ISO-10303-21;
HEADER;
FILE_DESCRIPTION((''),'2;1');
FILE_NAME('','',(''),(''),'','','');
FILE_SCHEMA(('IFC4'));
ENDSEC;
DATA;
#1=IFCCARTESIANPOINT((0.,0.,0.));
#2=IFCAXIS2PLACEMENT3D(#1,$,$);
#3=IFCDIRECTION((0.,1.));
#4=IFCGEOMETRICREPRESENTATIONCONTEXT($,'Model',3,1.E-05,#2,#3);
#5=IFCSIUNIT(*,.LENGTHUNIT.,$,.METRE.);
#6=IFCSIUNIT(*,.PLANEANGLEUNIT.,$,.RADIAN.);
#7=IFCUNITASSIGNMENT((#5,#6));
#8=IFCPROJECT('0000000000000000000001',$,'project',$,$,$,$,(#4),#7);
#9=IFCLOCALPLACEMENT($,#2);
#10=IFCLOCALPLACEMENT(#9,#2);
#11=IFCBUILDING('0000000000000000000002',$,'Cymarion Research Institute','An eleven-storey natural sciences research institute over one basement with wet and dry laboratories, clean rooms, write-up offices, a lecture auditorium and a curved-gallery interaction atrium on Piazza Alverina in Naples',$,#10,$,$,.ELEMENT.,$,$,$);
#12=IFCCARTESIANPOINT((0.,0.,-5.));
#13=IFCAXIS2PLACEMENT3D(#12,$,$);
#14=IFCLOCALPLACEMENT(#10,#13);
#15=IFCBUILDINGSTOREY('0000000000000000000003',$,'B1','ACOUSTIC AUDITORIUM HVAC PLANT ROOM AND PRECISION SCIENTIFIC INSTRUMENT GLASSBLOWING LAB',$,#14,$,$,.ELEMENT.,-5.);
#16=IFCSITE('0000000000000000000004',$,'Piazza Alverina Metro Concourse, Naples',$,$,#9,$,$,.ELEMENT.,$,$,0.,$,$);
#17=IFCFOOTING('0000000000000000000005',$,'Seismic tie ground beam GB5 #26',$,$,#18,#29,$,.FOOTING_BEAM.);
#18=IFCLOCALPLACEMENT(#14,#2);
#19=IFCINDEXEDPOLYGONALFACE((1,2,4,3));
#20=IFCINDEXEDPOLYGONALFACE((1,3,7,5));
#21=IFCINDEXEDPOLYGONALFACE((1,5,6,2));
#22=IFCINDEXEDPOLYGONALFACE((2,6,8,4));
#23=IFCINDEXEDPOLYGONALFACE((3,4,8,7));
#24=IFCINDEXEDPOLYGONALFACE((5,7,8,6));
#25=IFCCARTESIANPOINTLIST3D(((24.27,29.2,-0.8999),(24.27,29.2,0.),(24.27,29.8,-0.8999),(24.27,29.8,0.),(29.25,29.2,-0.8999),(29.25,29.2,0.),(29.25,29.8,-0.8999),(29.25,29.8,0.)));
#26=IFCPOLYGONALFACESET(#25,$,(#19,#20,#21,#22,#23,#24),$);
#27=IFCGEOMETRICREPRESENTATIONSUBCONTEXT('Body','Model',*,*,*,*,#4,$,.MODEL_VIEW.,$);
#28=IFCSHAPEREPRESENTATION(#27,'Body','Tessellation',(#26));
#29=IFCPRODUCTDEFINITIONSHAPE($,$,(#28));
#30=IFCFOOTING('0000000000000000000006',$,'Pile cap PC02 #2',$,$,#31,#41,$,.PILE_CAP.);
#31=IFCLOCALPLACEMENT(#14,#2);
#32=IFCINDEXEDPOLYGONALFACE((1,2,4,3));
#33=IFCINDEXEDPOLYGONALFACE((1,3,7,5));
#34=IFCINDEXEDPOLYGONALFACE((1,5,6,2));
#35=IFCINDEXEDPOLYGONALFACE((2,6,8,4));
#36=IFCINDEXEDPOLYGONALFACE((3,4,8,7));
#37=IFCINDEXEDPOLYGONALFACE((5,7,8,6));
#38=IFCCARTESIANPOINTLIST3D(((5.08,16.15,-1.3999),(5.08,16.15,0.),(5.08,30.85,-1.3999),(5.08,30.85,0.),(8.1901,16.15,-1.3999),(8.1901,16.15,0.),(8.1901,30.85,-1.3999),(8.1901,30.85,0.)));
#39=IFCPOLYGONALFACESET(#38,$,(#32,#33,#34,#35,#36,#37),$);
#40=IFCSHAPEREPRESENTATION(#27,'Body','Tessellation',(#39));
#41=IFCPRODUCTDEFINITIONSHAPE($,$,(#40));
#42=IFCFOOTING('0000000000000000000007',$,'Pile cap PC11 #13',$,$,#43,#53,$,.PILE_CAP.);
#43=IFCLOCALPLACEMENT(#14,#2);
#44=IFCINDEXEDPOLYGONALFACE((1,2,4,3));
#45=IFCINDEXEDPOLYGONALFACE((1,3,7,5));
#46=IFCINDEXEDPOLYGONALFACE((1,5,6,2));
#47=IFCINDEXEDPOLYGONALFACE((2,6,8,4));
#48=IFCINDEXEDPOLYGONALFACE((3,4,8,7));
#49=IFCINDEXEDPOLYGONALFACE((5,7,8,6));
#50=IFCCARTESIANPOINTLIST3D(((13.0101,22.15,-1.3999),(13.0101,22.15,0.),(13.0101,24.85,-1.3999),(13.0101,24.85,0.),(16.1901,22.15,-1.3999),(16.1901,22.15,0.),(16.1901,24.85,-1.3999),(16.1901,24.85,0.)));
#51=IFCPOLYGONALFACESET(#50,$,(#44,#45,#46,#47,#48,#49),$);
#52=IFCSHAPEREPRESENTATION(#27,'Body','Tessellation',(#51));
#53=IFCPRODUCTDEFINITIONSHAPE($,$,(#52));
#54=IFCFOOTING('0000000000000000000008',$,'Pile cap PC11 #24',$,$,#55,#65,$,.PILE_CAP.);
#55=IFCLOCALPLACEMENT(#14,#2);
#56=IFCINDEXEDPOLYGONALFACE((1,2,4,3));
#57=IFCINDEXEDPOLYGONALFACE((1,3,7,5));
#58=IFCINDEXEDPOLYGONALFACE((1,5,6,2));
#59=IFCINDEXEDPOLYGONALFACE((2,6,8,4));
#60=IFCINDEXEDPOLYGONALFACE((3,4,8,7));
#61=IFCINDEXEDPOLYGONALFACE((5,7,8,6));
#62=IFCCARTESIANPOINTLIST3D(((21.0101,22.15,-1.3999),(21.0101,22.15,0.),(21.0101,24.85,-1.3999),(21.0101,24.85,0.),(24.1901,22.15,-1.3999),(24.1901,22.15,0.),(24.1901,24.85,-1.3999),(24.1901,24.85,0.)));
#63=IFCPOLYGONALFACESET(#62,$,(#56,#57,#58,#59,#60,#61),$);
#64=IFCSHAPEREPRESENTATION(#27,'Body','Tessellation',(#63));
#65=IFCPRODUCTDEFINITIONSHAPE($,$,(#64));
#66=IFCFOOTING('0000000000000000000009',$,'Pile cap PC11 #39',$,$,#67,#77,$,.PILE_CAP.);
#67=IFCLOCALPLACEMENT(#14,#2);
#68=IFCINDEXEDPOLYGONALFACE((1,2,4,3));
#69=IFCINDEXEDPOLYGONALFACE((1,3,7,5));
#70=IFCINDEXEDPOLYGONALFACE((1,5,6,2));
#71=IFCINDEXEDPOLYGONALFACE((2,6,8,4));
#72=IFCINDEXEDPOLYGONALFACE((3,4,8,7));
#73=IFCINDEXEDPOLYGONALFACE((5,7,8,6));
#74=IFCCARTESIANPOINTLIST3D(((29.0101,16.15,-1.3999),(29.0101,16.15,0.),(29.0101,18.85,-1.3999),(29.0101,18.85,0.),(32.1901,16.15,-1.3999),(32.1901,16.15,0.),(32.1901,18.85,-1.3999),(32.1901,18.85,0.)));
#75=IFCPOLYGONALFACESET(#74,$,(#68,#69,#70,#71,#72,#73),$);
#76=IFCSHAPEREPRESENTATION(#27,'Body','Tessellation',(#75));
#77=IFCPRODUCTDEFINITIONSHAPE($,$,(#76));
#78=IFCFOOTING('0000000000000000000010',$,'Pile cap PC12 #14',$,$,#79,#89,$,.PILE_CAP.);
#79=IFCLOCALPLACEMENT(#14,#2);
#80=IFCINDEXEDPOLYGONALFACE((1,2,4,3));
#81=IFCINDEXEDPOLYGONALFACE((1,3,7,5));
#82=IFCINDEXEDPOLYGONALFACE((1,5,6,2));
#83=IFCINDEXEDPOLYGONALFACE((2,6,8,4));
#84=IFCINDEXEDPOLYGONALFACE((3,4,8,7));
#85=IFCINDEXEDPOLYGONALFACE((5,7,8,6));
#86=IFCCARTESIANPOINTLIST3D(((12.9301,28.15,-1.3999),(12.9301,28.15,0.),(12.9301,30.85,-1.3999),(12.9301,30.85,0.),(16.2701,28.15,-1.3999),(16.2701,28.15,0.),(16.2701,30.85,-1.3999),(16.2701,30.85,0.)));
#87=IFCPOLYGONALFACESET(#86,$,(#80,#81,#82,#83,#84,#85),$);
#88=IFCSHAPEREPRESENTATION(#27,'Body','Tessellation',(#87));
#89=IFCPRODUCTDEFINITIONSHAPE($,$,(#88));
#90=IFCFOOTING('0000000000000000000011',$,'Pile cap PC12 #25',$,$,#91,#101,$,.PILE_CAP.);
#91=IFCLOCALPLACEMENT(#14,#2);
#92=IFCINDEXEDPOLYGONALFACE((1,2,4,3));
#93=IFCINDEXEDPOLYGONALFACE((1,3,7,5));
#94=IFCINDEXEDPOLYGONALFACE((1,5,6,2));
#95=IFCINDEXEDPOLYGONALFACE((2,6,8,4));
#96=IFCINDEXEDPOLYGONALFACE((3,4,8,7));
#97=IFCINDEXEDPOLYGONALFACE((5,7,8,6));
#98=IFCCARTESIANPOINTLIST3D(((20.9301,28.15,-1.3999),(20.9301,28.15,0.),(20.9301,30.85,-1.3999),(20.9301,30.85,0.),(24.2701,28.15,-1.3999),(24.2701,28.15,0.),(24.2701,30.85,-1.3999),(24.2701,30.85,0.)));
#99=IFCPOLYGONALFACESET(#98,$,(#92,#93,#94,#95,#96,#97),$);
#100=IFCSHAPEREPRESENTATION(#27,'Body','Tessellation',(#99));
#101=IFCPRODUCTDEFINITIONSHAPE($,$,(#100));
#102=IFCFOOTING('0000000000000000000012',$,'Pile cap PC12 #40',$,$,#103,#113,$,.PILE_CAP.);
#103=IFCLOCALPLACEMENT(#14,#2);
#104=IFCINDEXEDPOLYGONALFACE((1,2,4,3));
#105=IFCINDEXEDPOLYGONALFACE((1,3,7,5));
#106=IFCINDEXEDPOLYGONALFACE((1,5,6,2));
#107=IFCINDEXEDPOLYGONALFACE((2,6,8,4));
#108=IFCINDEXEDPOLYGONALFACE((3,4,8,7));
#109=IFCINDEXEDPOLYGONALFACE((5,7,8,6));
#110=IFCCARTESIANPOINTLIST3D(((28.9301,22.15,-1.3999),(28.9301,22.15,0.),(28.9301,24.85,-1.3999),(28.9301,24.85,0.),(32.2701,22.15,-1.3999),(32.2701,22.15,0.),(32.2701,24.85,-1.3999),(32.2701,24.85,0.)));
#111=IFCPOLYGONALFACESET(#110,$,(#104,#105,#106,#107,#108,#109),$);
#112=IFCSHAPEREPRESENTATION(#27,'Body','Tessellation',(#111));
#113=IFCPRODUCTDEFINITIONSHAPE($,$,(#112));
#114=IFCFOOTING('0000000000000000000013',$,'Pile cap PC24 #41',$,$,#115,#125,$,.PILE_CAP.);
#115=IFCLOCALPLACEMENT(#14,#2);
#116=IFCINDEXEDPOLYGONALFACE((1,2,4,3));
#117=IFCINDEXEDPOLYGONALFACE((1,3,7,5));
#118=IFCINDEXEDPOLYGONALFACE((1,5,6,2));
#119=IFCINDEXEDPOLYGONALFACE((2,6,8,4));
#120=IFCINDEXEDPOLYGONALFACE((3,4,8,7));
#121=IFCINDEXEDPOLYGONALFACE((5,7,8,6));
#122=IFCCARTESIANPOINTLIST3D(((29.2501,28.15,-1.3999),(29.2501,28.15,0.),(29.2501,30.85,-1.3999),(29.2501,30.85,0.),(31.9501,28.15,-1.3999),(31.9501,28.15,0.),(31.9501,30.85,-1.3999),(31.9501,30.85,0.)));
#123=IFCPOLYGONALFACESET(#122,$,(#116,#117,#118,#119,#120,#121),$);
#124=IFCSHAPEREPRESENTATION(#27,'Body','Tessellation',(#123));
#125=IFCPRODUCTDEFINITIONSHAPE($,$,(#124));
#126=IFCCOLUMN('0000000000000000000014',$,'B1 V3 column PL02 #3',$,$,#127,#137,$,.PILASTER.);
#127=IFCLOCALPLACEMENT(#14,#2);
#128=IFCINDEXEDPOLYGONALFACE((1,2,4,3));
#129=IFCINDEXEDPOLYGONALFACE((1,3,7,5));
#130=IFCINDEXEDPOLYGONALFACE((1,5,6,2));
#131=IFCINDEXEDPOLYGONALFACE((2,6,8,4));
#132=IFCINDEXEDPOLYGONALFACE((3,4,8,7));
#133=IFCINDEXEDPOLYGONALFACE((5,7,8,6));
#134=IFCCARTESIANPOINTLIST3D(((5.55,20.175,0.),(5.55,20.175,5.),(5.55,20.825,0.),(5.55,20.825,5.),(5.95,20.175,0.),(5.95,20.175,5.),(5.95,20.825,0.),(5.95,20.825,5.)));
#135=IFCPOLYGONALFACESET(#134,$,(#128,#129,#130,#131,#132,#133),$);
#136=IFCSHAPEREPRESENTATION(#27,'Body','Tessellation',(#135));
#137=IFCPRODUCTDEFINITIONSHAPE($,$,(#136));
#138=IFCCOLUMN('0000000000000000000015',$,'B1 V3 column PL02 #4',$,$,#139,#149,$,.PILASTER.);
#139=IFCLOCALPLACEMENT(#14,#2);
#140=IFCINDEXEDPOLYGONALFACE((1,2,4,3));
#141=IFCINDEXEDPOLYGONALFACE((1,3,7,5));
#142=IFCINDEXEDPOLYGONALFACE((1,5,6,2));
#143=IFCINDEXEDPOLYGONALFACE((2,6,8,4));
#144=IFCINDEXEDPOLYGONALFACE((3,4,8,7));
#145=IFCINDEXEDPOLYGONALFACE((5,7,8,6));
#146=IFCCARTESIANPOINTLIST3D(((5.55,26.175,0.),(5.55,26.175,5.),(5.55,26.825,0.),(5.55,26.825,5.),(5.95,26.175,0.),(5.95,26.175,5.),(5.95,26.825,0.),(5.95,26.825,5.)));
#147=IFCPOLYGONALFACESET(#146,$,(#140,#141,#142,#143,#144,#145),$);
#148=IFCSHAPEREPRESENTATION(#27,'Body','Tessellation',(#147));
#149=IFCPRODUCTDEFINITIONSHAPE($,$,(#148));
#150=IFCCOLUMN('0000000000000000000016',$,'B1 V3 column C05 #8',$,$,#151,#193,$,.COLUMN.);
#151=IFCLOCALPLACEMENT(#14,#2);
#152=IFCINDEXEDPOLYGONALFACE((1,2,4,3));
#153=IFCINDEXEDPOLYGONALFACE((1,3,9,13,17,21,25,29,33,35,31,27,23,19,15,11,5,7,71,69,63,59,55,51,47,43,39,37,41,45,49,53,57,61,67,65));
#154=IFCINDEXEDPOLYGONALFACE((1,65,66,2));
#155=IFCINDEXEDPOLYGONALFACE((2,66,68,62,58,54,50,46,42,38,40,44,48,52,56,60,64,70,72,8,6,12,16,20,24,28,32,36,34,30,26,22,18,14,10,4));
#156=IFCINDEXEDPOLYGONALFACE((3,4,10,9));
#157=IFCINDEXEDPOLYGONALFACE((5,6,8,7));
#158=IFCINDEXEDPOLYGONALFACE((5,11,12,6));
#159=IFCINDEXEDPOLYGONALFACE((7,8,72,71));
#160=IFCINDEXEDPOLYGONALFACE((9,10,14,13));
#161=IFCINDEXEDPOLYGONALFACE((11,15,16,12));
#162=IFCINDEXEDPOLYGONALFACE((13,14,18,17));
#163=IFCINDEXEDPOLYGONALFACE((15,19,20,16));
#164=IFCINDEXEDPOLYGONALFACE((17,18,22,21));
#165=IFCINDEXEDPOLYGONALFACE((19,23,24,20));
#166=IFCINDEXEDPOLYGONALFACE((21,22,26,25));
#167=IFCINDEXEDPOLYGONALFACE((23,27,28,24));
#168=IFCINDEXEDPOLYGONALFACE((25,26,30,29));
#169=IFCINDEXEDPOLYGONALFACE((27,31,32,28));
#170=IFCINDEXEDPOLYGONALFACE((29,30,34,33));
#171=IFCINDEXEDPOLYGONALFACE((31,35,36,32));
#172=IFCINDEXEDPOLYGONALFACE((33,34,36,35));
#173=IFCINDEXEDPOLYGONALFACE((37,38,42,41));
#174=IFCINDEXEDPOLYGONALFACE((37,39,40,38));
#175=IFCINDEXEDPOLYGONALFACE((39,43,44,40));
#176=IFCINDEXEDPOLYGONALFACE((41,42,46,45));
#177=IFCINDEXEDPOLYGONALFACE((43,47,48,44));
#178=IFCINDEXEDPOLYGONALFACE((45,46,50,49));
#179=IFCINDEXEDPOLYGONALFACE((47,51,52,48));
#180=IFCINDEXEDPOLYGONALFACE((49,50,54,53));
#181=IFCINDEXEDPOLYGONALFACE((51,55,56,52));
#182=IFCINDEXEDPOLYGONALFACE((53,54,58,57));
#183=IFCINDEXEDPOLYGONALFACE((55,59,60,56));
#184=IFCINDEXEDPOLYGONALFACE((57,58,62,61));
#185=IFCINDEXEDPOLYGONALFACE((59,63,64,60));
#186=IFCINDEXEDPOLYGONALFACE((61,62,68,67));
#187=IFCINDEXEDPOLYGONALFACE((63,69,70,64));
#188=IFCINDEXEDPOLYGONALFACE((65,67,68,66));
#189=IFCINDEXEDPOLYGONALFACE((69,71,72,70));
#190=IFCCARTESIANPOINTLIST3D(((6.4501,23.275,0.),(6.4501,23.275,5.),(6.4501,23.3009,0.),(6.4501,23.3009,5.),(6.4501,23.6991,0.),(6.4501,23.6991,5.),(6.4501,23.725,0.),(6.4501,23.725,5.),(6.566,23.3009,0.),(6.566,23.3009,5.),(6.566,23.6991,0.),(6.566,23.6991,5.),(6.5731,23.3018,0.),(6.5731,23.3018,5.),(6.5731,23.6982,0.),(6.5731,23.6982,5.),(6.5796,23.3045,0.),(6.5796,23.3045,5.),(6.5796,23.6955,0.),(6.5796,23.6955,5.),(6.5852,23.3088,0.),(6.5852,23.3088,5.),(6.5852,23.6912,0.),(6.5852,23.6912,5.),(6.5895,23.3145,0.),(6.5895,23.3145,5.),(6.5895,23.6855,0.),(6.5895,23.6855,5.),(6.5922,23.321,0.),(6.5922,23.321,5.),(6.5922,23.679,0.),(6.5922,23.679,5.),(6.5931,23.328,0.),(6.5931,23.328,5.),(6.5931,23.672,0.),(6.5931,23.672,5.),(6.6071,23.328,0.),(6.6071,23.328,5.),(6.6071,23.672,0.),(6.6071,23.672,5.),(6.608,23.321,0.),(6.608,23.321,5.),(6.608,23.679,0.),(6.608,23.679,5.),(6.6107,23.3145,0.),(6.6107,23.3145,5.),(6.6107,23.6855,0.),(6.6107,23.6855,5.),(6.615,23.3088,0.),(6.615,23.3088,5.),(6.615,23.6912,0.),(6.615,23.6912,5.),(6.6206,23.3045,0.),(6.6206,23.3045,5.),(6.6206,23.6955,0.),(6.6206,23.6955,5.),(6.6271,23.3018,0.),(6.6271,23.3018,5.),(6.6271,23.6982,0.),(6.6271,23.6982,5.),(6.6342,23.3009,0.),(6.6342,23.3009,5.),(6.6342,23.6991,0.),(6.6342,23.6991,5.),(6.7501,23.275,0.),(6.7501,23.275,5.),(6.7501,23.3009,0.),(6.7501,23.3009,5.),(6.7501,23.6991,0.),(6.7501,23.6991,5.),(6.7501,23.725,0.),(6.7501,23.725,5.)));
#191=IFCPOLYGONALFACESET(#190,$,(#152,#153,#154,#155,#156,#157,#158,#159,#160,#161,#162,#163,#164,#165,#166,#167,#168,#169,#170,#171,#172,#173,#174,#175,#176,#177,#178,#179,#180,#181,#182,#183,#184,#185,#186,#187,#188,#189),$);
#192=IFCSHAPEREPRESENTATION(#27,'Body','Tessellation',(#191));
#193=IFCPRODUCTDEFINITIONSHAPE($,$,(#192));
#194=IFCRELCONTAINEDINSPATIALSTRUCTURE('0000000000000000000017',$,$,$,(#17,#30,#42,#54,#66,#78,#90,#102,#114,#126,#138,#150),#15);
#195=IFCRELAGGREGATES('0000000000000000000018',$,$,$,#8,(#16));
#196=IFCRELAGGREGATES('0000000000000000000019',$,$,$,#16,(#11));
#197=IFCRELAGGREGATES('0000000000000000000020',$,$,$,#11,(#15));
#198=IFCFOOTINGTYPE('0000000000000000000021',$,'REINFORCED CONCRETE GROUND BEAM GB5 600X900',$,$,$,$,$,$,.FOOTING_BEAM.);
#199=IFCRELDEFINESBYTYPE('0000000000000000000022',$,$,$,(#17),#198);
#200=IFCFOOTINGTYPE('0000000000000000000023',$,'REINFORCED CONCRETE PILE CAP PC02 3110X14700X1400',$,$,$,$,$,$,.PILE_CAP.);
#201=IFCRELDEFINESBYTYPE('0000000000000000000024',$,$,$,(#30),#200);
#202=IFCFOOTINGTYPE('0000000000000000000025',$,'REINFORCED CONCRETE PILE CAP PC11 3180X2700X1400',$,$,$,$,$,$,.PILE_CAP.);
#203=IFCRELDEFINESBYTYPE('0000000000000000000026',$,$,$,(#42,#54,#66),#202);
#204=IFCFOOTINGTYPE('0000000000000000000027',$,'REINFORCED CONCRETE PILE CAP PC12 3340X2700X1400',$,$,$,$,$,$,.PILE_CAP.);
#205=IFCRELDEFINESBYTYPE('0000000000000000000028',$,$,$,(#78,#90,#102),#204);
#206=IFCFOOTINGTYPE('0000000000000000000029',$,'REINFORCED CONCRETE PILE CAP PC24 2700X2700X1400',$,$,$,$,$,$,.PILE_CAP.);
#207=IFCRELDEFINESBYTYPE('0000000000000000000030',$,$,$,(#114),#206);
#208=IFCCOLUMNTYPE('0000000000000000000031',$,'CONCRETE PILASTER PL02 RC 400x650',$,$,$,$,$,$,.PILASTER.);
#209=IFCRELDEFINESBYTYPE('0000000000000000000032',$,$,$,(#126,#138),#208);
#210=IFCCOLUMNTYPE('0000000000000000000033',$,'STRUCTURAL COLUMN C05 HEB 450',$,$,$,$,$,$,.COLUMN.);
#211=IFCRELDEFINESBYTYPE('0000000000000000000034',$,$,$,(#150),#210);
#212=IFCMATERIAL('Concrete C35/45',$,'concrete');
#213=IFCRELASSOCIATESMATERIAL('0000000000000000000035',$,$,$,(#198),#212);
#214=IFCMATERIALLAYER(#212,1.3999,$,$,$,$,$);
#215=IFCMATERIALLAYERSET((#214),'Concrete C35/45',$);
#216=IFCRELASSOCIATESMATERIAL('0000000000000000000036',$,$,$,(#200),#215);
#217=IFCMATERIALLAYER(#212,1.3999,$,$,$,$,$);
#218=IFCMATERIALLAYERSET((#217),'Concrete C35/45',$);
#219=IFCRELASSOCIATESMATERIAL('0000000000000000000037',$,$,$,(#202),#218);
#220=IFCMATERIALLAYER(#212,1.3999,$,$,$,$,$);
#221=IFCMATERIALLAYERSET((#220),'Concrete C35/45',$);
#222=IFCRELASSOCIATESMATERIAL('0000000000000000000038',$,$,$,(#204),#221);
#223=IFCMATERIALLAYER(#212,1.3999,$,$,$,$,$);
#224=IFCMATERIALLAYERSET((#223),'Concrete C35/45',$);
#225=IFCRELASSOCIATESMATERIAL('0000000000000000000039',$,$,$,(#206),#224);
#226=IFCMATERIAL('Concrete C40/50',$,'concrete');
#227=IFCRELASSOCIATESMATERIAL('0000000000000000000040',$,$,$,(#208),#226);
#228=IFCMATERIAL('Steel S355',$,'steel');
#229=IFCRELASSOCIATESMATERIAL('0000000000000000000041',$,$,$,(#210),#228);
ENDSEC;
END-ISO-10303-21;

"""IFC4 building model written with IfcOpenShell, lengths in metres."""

from ifc_helpers import new_model, si_unit, direction, frame, origin, origin_2d, place, context, subcontext, project, spatial, rectangle, i_section, extrude, material, layer, layer_set, material_profile, profile_set, type_object, element, save


model = new_model("IFC4")

# Units and contexts
model_context = context("Model", 3, precision=1e-05, world=origin(), true_north=direction((0.0, 1.0)))
body_context = subcontext(model_context, "Body", "Model", "MODEL_VIEW")
ifc_project = project(units=[si_unit("LENGTHUNIT", "METRE"), si_unit("PLANEANGLEUNIT", "RADIAN")], contexts=[model_context])

# Site, building, storey
site_placement = place(None, origin())
site = spatial("IfcSite", under=ifc_project, at=site_placement, Name="Piazza Alverina Metro Concourse, Naples", CompositionType="ELEMENT", RefElevation=0.0)
building_placement = place(site_placement, origin())
building = spatial("IfcBuilding", under=site, at=building_placement, Name="Cymarion Research Institute", Description="An eleven-storey natural sciences research institute over one basement with wet and dry laboratories, clean rooms, write-up offices, a lecture auditorium and a curved-gallery interaction atrium on Piazza Alverina in Naples", CompositionType="ELEMENT")
storey_placement = place(building_placement, frame((0.0, 0.0, -5.0)))
storey = spatial("IfcBuildingStorey", under=building, at=storey_placement, Name="B1", Description="ACOUSTIC AUDITORIUM HVAC PLANT ROOM AND PRECISION SCIENTIFIC INSTRUMENT GLASSBLOWING LAB", CompositionType="ELEMENT", Elevation=-5.0)

# Shared definitions
ifc_material_1 = material(Name="Concrete C35/45", Category="concrete")

# Footings
footing_type_1 = type_object("IfcFootingType", Name="REINFORCED CONCRETE GROUND BEAM GB5 600X900", PredefinedType="FOOTING_BEAM", material=ifc_material_1)
footing_1_placement = place(storey_placement, frame((26.76, 29.5, -0.8999), z_axis=(0.0, 0.0, 1.0), x_axis=(1.0, 0.0, 0.0)))
element("IfcFooting", 1, at=footing_1_placement, inside=storey, type_object=footing_type_1, Name="Seismic tie ground beam GB5 #26", PredefinedType="FOOTING_BEAM", context=body_context, shape_type="SweptSolid", body=[
    extrude(rectangle(XDim=4.98, YDim=0.6001, at=origin_2d()), origin(), (0.0, 0.0, 1.0), 0.8999),
])
ifc_layer_1 = layer(ifc_material_1, 1.3999)
ifc_layer_set_1 = layer_set([ifc_layer_1], Name="Concrete C35/45")
footing_type_2 = type_object("IfcFootingType", Name="REINFORCED CONCRETE PILE CAP PC02 3110X14700X1400", PredefinedType="PILE_CAP", material=ifc_layer_set_1)
footing_2_placement = place(storey_placement, frame((6.635, 23.5, -1.3999), z_axis=(0.0, 0.0, 1.0), x_axis=(1.0, 0.0, 0.0)))
element("IfcFooting", 2, at=footing_2_placement, inside=storey, type_object=footing_type_2, Name="Pile cap PC02 #2", PredefinedType="PILE_CAP", context=body_context, shape_type="SweptSolid", body=[
    extrude(rectangle(XDim=3.1101, YDim=14.7, at=origin_2d()), origin(), (0.0, 0.0, 1.0), 1.3999),
])
ifc_layer_2 = layer(ifc_material_1, 1.3999)
ifc_layer_set_2 = layer_set([ifc_layer_2], Name="Concrete C35/45")
footing_type_3 = type_object("IfcFootingType", Name="REINFORCED CONCRETE PILE CAP PC11 3180X2700X1400", PredefinedType="PILE_CAP", material=ifc_layer_set_2)
for number, where, z_axis, x_axis, name in (
    (3, (14.6001, 23.5, -1.3999), (0.0, 0.0, 1.0), (1.0, 0.0, 0.0), "Pile cap PC11 #13"),
    (4, (22.6001, 23.5, -1.3999), (0.0, 0.0, 1.0), (1.0, 0.0, 0.0), "Pile cap PC11 #24"),
    (5, (30.6001, 17.5, -1.3999), (0.0, 0.0, 1.0), (1.0, 0.0, 0.0), "Pile cap PC11 #39"),
):
    element("IfcFooting", number, at=place(storey_placement, frame(where, z_axis=z_axis, x_axis=x_axis)), inside=storey, type_object=footing_type_3, Name=name, PredefinedType="PILE_CAP", context=body_context, shape_type="SweptSolid", body=[
        extrude(rectangle(XDim=3.1799, YDim=2.7, at=origin_2d()), origin(), (0.0, 0.0, 1.0), 1.3999),
    ])
ifc_layer_3 = layer(ifc_material_1, 1.3999)
ifc_layer_set_3 = layer_set([ifc_layer_3], Name="Concrete C35/45")
footing_type_4 = type_object("IfcFootingType", Name="REINFORCED CONCRETE PILE CAP PC12 3340X2700X1400", PredefinedType="PILE_CAP", material=ifc_layer_set_3)
for number, where, z_axis, x_axis, name in (
    (6, (14.6001, 29.5, -1.3999), (0.0, 0.0, 1.0), (1.0, 0.0, 0.0), "Pile cap PC12 #14"),
    (7, (22.6001, 29.5, -1.3999), (0.0, 0.0, 1.0), (1.0, 0.0, 0.0), "Pile cap PC12 #25"),
    (8, (30.6001, 23.5, -1.3999), (0.0, 0.0, 1.0), (1.0, 0.0, 0.0), "Pile cap PC12 #40"),
):
    element("IfcFooting", number, at=place(storey_placement, frame(where, z_axis=z_axis, x_axis=x_axis)), inside=storey, type_object=footing_type_4, Name=name, PredefinedType="PILE_CAP", context=body_context, shape_type="SweptSolid", body=[
        extrude(rectangle(XDim=3.3401, YDim=2.7, at=origin_2d()), origin(), (0.0, 0.0, 1.0), 1.3999),
    ])
ifc_layer_4 = layer(ifc_material_1, 1.3999)
ifc_layer_set_4 = layer_set([ifc_layer_4], Name="Concrete C35/45")
footing_type_5 = type_object("IfcFootingType", Name="REINFORCED CONCRETE PILE CAP PC24 2700X2700X1400", PredefinedType="PILE_CAP", material=ifc_layer_set_4)
footing_3_placement = place(storey_placement, frame((30.6001, 29.5, -1.3999), z_axis=(0.0, 0.0, 1.0), x_axis=(1.0, 0.0, 0.0)))
element("IfcFooting", 9, at=footing_3_placement, inside=storey, type_object=footing_type_5, Name="Pile cap PC24 #41", PredefinedType="PILE_CAP", context=body_context, shape_type="SweptSolid", body=[
    extrude(rectangle(XDim=2.7, YDim=2.7, at=origin_2d()), origin(), (0.0, 0.0, 1.0), 1.3999),
])

# Columns
ifc_material_2 = material(Name="Concrete C40/50", Category="concrete")
ifc_material_profile_1 = material_profile(ifc_material_2, rectangle(XDim=0.3999, YDim=0.6499, at=origin_2d()), Name="RC 400x650")
ifc_profile_set_1 = profile_set([ifc_material_profile_1], Name="Concrete C40/50")
column_type_1 = type_object("IfcColumnType", Name="CONCRETE PILASTER PL02 RC 400x650", PredefinedType="PILASTER", material=ifc_profile_set_1)
for number, where, z_axis, x_axis, name in (
    (10, (5.75, 20.5, 0.0), (0.0, 0.0, 1.0), (1.0, 0.0, 0.0), "B1 V3 column PL02 #3"),
    (11, (5.75, 26.5, 0.0), (0.0, 0.0, 1.0), (1.0, 0.0, 0.0), "B1 V3 column PL02 #4"),
):
    element("IfcColumn", number, at=place(storey_placement, frame(where, z_axis=z_axis, x_axis=x_axis)), inside=storey, type_object=column_type_1, Name=name, PredefinedType="PILASTER", context=body_context, shape_type="SweptSolid", body=[
        extrude(rectangle(XDim=0.3999, YDim=0.6499, at=origin_2d()), origin(), (0.0, 0.0, 1.0), 5.0),
    ])
ifc_material_3 = material(Name="Steel S355", Category="steel")
ifc_material_profile_2 = material_profile(ifc_material_3, i_section(OverallWidth=0.3, OverallDepth=0.45, WebThickness=0.0139, FlangeThickness=0.0259, FilletRadius=0.0271, at=origin_2d()), Name="HEB 450")
ifc_profile_set_2 = profile_set([ifc_material_profile_2], Name="Steel S355")
column_type_2 = type_object("IfcColumnType", Name="STRUCTURAL COLUMN C05 HEB 450", PredefinedType="COLUMN", material=ifc_profile_set_2)
for number, where, z_axis, x_axis, name in (
    (12, (6.6001, 23.5, 0.0), (0.0, 0.0, 1.0), (1.0, 0.0, 0.0), "B1 V3 column C05 #8"),
):
    element("IfcColumn", number, at=place(storey_placement, frame(where, z_axis=z_axis, x_axis=x_axis)), inside=storey, type_object=column_type_2, Name=name, PredefinedType="COLUMN", context=body_context, shape_type="SweptSolid", body=[
        extrude(i_section(OverallWidth=0.3, OverallDepth=0.45, WebThickness=0.0139, FlangeThickness=0.0259, FilletRadius=0.0271, at=origin_2d()), origin(), (0.0, 0.0, 1.0), 5.0),
    ])

save(model, "model.ifc")
